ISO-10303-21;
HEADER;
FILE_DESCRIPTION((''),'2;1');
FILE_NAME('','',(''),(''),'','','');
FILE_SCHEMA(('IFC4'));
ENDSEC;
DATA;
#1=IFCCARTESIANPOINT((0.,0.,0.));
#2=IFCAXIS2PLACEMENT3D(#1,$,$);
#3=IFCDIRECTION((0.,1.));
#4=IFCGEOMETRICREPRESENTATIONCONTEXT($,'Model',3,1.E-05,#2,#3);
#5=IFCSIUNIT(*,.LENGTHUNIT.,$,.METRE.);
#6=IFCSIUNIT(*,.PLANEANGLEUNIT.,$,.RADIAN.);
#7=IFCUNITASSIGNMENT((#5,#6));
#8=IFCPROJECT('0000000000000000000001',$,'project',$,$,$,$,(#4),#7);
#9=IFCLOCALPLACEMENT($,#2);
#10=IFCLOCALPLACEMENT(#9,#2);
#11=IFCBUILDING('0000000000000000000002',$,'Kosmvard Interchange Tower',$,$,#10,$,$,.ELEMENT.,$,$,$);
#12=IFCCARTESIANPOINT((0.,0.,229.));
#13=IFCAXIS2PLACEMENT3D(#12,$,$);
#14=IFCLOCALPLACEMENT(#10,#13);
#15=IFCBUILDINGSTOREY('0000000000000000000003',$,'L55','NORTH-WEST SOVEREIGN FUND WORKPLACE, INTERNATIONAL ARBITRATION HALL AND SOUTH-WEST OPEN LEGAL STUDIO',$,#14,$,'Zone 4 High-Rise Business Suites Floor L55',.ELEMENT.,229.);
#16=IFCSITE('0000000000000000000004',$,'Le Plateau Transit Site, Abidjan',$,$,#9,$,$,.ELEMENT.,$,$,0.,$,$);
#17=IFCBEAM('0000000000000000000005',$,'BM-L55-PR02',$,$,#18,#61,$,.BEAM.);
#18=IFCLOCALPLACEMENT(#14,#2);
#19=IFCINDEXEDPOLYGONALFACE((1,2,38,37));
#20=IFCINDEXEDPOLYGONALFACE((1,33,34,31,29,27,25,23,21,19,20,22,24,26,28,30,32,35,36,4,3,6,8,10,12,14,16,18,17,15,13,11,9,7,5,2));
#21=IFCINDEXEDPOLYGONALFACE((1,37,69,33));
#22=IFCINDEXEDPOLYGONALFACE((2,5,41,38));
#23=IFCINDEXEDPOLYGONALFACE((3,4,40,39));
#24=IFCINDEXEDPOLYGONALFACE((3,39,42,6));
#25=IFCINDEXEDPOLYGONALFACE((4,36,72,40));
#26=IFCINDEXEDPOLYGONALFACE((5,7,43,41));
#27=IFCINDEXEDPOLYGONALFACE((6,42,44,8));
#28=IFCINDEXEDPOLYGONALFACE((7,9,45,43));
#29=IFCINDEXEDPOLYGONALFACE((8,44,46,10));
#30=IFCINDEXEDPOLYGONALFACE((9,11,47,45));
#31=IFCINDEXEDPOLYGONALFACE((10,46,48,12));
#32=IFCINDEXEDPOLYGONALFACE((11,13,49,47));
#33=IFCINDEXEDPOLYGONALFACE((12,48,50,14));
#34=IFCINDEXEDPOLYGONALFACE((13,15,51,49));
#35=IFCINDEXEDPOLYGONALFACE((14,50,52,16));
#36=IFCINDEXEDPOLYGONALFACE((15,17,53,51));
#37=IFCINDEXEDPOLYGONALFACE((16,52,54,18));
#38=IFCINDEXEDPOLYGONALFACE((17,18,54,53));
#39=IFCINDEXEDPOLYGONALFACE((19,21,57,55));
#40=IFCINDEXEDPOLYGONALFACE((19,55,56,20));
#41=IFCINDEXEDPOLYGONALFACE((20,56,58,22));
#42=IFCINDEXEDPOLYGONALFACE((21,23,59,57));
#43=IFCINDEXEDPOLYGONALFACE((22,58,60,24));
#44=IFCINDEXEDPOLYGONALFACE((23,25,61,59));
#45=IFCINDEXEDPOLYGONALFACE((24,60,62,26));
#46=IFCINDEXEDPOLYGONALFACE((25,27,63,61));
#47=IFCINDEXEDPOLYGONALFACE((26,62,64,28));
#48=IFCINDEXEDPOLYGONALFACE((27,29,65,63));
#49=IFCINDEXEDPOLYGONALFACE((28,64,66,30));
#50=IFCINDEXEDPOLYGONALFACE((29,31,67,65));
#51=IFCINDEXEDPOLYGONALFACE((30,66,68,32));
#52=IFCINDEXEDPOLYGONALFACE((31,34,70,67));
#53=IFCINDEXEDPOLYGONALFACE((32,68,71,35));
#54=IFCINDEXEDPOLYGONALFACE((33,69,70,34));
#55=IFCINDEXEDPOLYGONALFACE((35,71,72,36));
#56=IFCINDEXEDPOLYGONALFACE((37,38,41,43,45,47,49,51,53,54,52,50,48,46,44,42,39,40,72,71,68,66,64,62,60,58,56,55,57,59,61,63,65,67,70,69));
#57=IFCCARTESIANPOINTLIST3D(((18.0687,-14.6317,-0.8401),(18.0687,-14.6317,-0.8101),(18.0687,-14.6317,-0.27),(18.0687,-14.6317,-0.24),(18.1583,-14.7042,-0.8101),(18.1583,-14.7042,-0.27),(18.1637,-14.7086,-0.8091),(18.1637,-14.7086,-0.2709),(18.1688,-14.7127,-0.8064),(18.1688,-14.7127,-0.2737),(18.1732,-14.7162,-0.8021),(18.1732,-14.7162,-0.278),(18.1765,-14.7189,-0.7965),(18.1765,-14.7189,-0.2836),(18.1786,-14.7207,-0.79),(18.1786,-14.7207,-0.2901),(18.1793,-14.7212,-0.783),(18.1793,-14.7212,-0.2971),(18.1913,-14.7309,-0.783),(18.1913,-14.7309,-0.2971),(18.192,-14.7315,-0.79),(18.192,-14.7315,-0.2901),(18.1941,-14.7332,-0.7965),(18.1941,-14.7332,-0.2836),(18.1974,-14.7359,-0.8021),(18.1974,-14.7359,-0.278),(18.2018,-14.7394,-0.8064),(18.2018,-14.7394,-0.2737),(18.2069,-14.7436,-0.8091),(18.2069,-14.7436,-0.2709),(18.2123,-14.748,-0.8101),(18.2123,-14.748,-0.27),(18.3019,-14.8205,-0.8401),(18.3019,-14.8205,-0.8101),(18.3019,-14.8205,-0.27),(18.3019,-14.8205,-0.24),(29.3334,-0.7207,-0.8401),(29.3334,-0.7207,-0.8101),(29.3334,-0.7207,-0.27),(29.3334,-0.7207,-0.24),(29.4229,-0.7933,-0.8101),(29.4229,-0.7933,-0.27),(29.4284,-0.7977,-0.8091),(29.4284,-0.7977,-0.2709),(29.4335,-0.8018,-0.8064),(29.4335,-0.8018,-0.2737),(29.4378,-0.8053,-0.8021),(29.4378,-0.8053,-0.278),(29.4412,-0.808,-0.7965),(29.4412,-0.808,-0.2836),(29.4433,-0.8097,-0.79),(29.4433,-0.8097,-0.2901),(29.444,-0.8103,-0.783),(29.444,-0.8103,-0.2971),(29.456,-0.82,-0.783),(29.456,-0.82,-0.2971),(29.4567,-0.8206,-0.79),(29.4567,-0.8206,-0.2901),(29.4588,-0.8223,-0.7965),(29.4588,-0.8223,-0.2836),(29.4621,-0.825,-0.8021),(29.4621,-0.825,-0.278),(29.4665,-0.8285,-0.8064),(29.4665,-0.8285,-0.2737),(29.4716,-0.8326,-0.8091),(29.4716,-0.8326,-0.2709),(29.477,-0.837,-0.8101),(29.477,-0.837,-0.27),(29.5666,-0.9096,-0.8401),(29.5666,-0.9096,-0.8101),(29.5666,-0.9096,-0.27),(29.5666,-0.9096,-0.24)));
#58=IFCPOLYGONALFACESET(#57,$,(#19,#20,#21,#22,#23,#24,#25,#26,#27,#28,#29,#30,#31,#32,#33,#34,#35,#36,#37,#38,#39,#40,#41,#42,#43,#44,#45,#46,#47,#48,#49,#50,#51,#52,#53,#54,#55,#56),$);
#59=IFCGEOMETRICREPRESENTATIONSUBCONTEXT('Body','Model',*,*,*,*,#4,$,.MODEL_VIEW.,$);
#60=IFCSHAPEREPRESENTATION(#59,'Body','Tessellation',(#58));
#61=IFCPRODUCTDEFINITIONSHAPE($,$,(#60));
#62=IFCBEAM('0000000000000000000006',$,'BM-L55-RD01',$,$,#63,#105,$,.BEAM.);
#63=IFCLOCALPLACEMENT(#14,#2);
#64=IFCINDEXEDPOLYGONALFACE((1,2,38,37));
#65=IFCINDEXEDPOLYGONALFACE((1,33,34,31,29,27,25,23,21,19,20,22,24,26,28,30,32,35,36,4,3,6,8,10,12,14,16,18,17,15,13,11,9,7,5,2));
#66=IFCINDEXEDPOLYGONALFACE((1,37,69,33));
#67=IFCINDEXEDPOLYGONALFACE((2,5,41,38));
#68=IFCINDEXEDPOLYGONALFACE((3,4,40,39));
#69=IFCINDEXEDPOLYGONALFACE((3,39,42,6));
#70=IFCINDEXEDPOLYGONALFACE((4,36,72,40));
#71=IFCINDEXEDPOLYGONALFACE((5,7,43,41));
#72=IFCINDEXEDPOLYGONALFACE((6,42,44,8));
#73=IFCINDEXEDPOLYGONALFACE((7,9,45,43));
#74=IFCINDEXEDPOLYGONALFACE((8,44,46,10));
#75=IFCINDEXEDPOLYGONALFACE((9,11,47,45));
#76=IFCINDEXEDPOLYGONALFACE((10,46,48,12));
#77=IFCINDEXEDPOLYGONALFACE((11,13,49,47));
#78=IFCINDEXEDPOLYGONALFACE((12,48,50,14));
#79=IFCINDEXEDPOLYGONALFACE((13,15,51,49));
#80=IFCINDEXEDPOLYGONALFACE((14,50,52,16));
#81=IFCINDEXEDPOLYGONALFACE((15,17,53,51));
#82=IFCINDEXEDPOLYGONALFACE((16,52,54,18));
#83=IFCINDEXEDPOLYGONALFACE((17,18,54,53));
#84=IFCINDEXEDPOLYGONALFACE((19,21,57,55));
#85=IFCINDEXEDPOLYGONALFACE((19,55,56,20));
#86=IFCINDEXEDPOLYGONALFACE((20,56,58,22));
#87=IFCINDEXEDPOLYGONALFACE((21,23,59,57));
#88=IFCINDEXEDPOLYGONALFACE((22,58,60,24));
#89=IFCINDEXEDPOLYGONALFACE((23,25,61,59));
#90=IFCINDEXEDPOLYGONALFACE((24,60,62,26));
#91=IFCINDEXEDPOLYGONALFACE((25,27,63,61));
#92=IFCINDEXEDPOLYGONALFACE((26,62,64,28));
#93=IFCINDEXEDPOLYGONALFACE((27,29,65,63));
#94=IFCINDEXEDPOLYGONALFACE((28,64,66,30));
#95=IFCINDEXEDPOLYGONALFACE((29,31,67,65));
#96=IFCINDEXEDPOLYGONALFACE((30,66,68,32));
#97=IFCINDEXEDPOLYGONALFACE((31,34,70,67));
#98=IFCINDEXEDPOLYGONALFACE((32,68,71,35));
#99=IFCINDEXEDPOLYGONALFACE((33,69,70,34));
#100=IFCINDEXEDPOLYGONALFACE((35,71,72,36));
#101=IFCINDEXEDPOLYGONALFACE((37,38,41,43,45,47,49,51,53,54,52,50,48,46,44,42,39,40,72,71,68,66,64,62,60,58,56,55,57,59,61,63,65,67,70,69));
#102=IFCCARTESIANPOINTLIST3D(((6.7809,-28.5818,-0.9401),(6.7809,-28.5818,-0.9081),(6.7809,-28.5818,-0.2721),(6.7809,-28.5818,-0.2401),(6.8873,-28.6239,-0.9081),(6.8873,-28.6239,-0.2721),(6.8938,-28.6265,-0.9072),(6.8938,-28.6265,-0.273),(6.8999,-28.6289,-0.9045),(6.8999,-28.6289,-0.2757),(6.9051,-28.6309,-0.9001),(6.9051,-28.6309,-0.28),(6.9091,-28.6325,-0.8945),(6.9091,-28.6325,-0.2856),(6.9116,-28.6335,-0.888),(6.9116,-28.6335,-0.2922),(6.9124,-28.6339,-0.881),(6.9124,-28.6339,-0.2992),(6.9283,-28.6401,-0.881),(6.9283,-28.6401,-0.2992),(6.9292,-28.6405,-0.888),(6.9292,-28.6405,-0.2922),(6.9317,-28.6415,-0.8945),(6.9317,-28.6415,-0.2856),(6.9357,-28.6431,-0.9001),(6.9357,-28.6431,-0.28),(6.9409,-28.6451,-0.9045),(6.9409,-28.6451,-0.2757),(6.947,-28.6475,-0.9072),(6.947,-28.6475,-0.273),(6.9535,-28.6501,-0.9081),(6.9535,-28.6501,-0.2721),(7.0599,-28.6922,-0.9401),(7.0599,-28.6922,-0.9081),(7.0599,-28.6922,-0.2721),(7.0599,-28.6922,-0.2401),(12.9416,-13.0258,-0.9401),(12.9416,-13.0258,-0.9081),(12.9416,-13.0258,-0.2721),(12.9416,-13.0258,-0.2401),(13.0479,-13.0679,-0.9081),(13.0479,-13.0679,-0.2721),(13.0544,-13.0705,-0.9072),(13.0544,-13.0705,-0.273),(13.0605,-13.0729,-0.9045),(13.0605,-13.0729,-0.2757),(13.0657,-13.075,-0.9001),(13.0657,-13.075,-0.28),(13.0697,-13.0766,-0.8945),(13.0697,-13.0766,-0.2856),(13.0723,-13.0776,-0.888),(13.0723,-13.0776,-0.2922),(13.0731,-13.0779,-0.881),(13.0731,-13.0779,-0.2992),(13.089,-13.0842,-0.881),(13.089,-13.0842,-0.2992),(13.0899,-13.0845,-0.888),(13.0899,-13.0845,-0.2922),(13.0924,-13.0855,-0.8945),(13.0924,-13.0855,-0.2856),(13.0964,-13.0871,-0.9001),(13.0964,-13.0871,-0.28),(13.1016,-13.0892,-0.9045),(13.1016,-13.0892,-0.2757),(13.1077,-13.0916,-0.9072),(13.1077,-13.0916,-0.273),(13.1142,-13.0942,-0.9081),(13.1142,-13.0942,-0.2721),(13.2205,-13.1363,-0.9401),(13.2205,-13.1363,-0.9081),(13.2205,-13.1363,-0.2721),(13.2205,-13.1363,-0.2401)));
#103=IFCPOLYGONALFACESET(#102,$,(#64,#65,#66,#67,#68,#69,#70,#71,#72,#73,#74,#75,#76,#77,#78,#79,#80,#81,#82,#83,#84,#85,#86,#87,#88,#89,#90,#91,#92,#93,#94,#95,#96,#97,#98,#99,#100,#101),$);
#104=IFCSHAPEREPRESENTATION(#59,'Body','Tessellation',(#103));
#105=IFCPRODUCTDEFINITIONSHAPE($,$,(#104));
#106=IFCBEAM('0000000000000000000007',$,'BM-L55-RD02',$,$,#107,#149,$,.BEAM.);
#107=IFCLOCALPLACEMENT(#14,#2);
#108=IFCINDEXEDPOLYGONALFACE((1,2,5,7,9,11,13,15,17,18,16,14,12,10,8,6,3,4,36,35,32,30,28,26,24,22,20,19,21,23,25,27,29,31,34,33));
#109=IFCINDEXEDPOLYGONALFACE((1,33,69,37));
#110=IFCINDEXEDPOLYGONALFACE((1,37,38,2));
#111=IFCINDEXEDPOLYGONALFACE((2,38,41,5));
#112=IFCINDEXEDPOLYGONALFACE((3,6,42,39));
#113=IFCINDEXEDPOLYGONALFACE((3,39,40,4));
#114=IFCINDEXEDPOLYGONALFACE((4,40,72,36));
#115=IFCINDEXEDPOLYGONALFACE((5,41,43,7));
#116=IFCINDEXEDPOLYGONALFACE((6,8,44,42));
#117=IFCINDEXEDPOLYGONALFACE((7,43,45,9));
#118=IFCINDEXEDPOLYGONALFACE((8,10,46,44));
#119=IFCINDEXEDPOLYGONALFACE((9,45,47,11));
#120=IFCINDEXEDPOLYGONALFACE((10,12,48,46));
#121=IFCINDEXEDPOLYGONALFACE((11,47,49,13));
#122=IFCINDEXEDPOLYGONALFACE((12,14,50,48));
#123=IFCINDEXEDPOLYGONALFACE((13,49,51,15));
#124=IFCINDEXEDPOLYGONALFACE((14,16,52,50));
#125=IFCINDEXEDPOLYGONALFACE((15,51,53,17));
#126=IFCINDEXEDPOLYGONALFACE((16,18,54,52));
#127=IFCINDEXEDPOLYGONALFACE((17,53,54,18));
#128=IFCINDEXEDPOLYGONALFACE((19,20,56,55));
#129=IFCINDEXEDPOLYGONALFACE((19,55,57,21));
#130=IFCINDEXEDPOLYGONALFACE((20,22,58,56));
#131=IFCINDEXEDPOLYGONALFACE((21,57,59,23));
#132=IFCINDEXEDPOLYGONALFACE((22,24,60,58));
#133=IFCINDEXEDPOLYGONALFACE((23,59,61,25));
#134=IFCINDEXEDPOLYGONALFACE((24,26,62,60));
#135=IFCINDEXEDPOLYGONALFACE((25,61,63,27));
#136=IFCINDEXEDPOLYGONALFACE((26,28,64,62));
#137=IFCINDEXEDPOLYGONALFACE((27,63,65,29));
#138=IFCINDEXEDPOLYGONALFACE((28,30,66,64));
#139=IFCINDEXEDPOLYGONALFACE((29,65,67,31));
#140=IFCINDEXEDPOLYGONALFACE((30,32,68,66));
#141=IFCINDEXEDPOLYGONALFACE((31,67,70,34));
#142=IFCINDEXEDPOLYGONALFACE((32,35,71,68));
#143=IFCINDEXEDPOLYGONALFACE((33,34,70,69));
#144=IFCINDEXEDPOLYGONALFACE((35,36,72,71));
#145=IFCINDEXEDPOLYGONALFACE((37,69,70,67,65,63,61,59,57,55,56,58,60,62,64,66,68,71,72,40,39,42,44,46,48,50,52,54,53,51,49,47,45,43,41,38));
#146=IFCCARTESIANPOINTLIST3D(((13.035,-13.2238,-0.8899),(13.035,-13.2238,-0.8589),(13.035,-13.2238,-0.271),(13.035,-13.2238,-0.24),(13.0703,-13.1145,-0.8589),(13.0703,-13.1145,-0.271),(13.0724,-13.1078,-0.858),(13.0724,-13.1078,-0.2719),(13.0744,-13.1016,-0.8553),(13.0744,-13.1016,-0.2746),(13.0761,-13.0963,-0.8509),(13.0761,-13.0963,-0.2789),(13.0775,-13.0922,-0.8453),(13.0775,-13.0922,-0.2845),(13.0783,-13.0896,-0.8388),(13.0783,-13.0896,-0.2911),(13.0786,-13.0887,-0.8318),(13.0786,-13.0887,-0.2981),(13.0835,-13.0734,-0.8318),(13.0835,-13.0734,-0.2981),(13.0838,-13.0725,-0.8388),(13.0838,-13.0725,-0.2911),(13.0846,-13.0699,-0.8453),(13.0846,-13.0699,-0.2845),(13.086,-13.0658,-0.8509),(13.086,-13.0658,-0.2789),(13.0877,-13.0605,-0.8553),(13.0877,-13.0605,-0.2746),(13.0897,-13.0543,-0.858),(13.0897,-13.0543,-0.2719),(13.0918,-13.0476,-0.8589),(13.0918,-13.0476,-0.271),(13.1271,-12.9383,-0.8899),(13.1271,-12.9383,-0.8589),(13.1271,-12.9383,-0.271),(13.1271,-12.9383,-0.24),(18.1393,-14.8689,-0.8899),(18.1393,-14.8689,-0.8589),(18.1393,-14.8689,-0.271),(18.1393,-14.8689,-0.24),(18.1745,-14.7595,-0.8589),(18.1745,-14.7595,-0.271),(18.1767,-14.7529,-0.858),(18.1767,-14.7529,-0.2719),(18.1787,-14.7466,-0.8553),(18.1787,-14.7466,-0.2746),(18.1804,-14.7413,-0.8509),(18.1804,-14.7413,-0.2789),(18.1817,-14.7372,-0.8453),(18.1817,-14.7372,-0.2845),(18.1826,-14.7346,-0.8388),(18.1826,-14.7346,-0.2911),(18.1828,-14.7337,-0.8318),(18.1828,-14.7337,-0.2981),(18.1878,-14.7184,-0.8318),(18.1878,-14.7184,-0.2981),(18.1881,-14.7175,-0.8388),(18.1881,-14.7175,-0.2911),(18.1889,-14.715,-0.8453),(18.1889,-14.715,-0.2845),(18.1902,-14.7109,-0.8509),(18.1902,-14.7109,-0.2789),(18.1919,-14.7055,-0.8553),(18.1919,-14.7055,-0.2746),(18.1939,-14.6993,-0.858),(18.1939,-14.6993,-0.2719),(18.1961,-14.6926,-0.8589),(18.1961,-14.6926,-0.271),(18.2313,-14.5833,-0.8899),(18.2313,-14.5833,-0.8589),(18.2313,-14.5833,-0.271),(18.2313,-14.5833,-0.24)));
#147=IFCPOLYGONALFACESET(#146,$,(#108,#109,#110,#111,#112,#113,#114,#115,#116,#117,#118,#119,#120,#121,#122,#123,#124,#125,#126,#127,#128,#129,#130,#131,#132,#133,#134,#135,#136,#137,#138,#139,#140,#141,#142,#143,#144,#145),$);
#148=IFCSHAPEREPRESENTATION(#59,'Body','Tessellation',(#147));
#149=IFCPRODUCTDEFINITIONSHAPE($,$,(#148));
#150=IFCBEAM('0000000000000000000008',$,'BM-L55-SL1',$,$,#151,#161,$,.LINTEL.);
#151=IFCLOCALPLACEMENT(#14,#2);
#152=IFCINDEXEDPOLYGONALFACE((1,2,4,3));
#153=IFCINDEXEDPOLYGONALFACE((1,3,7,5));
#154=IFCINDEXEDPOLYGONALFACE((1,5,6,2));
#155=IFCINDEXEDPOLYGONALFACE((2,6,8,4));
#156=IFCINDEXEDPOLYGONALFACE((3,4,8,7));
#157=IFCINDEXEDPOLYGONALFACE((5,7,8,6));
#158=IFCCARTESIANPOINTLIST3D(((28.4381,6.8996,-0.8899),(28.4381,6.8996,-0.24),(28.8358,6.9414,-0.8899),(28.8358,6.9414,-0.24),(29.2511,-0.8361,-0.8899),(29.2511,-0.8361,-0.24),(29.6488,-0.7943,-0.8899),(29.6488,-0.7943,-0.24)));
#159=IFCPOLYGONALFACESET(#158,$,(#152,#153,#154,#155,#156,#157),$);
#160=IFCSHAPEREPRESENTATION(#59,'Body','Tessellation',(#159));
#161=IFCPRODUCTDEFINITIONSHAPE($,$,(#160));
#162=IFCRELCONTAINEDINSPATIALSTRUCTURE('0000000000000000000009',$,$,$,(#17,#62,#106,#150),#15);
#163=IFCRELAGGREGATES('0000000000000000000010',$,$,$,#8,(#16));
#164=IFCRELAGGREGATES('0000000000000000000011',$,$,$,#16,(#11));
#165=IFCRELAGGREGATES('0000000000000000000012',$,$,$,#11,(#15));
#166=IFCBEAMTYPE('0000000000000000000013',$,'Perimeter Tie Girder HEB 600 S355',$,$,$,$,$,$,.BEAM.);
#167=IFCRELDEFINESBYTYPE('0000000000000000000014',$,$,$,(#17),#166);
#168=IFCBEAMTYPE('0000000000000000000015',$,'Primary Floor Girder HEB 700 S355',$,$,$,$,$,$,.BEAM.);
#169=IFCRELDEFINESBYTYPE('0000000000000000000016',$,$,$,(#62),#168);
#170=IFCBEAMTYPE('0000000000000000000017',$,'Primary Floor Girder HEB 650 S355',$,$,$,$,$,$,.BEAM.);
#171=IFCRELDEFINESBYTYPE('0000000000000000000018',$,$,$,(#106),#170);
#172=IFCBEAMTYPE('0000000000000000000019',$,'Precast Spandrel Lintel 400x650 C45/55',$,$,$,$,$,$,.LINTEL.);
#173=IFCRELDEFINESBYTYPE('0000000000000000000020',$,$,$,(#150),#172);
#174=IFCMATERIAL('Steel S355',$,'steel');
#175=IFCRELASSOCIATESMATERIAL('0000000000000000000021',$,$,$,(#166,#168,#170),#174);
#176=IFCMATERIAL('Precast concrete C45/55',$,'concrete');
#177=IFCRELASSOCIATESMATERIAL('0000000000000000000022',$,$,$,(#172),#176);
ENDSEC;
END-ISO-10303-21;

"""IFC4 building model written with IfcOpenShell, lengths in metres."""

from ifc_helpers import new_model, si_unit, direction, frame, origin, origin_2d, place, context, subcontext, project, spatial, rectangle, i_section, extrude, source, transform, mapped, material, material_profile, profile_set, type_object, element, save


model = new_model("IFC4")

# Units and contexts
model_context = context("Model", 3, precision=1e-05, world=origin(), true_north=direction((0.0, 1.0)))
body_context = subcontext(model_context, "Body", "Model", "MODEL_VIEW")
ifc_project = project(units=[si_unit("LENGTHUNIT", "METRE"), si_unit("PLANEANGLEUNIT", "RADIAN")], contexts=[model_context])

# Site, building, storey
site_placement = place(None, origin())
site = spatial("IfcSite", under=ifc_project, at=site_placement, Name="Le Plateau Transit Site, Abidjan", CompositionType="ELEMENT", RefElevation=0.0)
building_placement = place(site_placement, origin())
building = spatial("IfcBuilding", under=site, at=building_placement, Name="Kosmvard Interchange Tower", CompositionType="ELEMENT")
storey_placement = place(building_placement, frame((0.0, 0.0, 229.0)))
storey = spatial("IfcBuildingStorey", under=building, at=storey_placement, Name="L55", Description="NORTH-WEST SOVEREIGN FUND WORKPLACE, INTERNATIONAL ARBITRATION HALL AND SOUTH-WEST OPEN LEGAL STUDIO", LongName="Zone 4 High-Rise Business Suites Floor L55", CompositionType="ELEMENT", Elevation=229.0)

# Beams
ifc_material_1 = material(Name="Steel S355", Category="steel")
ifc_material_profile_1 = material_profile(ifc_material_1, i_section(OverallWidth=0.3, OverallDepth=0.6001, WebThickness=0.0154, FlangeThickness=0.03, FilletRadius=0.0271, at=origin_2d()), Name="HEB 600")
ifc_profile_set_1 = profile_set([ifc_material_profile_1], Name="Steel S355")
beam_type_1 = type_object("IfcBeamType", Name="Perimeter Tie Girder HEB 600 S355", PredefinedType="BEAM", material=ifc_profile_set_1)
shared_shape_1 = source(origin(), body_context, "Body", "SweptSolid", [
    extrude(i_section(OverallWidth=0.3, OverallDepth=0.6001, WebThickness=0.0154, FlangeThickness=0.03, FilletRadius=0.0271, at=origin_2d()), origin(), (0.0, 0.0, 1.0), 17.8999),
])
beam_1_placement = place(storey_placement, frame((18.1853, -14.7261, -0.54), z_axis=(0.629315, 0.777151, 0.0), x_axis=(-0.777151, 0.629315, 0.0)))
element("IfcBeam", 1, at=beam_1_placement, inside=storey, type_object=beam_type_1, Name="BM-L55-PR02", PredefinedType="BEAM", context=body_context, shape_type="MappedRepresentation", body=[
    mapped(shared_shape_1, transform((0.0, 0.0, 0.0), scale=1.0)),
])
ifc_material_profile_2 = material_profile(ifc_material_1, i_section(OverallWidth=0.3, OverallDepth=0.7, WebThickness=0.0171, FlangeThickness=0.032, FilletRadius=0.0271, at=origin_2d()), Name="HEB 700")
ifc_profile_set_2 = profile_set([ifc_material_profile_2], Name="Steel S355")
beam_type_2 = type_object("IfcBeamType", Name="Primary Floor Girder HEB 700 S355", PredefinedType="BEAM", material=ifc_profile_set_2)
shared_shape_2 = source(origin(), body_context, "Body", "SweptSolid", [
    extrude(i_section(OverallWidth=0.3, OverallDepth=0.7, WebThickness=0.0171, FlangeThickness=0.032, FilletRadius=0.0271, at=origin_2d()), origin(), (0.0, 0.0, 1.0), 16.7314),
])
beam_2_placement = place(storey_placement, frame((13.0811, -13.0811, -0.5901), z_axis=(-0.368209, -0.929743, 0.0), x_axis=(0.929743, -0.368209, 0.0)))
element("IfcBeam", 2, at=beam_2_placement, inside=storey, type_object=beam_type_2, Name="BM-L55-RD01", PredefinedType="BEAM", context=body_context, shape_type="MappedRepresentation", body=[
    mapped(shared_shape_2, transform((0.0, 0.0, 0.0), scale=1.0)),
])
ifc_material_profile_3 = material_profile(ifc_material_1, i_section(OverallWidth=0.3, OverallDepth=0.6499, WebThickness=0.0161, FlangeThickness=0.031, FilletRadius=0.0271, at=origin_2d()), Name="HEB 650")
ifc_profile_set_3 = profile_set([ifc_material_profile_3], Name="Steel S355")
beam_type_3 = type_object("IfcBeamType", Name="Primary Floor Girder HEB 650 S355", PredefinedType="BEAM", material=ifc_profile_set_3)
shared_shape_3 = source(origin(), body_context, "Body", "SweptSolid", [
    extrude(i_section(OverallWidth=0.3, OverallDepth=0.6499, WebThickness=0.0161, FlangeThickness=0.031, FilletRadius=0.0271, at=origin_2d()), origin(), (0.0, 0.0, 1.0), 5.3628),
])
beam_3_placement = place(storey_placement, frame((13.0811, -13.0811, -0.5649), z_axis=(0.951791, -0.306747, 0.0), x_axis=(0.306747, 0.951791, 0.0)))
element("IfcBeam", 3, at=beam_3_placement, inside=storey, type_object=beam_type_3, Name="BM-L55-RD02", PredefinedType="BEAM", context=body_context, shape_type="MappedRepresentation", body=[
    mapped(shared_shape_3, transform((0.0, 0.0, 0.0), scale=1.0)),
])
ifc_material_2 = material(Name="Precast concrete C45/55", Category="concrete")
ifc_material_profile_4 = material_profile(ifc_material_2, rectangle(XDim=0.3999, YDim=0.6499, at=origin_2d()), Name="SL 400x650")
ifc_profile_set_4 = profile_set([ifc_material_profile_4], Name="Precast concrete C45/55")
beam_type_4 = type_object("IfcBeamType", Name="Precast Spandrel Lintel 400x650 C45/55", PredefinedType="LINTEL", material=ifc_profile_set_4)
shared_shape_4 = source(origin(), body_context, "Body", "SweptSolid", [
    extrude(rectangle(XDim=0.3999, YDim=0.6499, at=origin_2d()), origin(), (0.0, 0.0, 1.0), 7.7783),
])
beam_4_placement = place(storey_placement, frame((29.45, -0.8152, -0.5649), z_axis=(-0.104521, 0.994523, 0.0), x_axis=(-0.994523, -0.104521, 0.0)))
element("IfcBeam", 4, at=beam_4_placement, inside=storey, type_object=beam_type_4, Name="BM-L55-SL1", PredefinedType="LINTEL", context=body_context, shape_type="MappedRepresentation", body=[
    mapped(shared_shape_4, transform((0.0, 0.0, 0.0), scale=1.0)),
])

save(model, "model.ifc")
